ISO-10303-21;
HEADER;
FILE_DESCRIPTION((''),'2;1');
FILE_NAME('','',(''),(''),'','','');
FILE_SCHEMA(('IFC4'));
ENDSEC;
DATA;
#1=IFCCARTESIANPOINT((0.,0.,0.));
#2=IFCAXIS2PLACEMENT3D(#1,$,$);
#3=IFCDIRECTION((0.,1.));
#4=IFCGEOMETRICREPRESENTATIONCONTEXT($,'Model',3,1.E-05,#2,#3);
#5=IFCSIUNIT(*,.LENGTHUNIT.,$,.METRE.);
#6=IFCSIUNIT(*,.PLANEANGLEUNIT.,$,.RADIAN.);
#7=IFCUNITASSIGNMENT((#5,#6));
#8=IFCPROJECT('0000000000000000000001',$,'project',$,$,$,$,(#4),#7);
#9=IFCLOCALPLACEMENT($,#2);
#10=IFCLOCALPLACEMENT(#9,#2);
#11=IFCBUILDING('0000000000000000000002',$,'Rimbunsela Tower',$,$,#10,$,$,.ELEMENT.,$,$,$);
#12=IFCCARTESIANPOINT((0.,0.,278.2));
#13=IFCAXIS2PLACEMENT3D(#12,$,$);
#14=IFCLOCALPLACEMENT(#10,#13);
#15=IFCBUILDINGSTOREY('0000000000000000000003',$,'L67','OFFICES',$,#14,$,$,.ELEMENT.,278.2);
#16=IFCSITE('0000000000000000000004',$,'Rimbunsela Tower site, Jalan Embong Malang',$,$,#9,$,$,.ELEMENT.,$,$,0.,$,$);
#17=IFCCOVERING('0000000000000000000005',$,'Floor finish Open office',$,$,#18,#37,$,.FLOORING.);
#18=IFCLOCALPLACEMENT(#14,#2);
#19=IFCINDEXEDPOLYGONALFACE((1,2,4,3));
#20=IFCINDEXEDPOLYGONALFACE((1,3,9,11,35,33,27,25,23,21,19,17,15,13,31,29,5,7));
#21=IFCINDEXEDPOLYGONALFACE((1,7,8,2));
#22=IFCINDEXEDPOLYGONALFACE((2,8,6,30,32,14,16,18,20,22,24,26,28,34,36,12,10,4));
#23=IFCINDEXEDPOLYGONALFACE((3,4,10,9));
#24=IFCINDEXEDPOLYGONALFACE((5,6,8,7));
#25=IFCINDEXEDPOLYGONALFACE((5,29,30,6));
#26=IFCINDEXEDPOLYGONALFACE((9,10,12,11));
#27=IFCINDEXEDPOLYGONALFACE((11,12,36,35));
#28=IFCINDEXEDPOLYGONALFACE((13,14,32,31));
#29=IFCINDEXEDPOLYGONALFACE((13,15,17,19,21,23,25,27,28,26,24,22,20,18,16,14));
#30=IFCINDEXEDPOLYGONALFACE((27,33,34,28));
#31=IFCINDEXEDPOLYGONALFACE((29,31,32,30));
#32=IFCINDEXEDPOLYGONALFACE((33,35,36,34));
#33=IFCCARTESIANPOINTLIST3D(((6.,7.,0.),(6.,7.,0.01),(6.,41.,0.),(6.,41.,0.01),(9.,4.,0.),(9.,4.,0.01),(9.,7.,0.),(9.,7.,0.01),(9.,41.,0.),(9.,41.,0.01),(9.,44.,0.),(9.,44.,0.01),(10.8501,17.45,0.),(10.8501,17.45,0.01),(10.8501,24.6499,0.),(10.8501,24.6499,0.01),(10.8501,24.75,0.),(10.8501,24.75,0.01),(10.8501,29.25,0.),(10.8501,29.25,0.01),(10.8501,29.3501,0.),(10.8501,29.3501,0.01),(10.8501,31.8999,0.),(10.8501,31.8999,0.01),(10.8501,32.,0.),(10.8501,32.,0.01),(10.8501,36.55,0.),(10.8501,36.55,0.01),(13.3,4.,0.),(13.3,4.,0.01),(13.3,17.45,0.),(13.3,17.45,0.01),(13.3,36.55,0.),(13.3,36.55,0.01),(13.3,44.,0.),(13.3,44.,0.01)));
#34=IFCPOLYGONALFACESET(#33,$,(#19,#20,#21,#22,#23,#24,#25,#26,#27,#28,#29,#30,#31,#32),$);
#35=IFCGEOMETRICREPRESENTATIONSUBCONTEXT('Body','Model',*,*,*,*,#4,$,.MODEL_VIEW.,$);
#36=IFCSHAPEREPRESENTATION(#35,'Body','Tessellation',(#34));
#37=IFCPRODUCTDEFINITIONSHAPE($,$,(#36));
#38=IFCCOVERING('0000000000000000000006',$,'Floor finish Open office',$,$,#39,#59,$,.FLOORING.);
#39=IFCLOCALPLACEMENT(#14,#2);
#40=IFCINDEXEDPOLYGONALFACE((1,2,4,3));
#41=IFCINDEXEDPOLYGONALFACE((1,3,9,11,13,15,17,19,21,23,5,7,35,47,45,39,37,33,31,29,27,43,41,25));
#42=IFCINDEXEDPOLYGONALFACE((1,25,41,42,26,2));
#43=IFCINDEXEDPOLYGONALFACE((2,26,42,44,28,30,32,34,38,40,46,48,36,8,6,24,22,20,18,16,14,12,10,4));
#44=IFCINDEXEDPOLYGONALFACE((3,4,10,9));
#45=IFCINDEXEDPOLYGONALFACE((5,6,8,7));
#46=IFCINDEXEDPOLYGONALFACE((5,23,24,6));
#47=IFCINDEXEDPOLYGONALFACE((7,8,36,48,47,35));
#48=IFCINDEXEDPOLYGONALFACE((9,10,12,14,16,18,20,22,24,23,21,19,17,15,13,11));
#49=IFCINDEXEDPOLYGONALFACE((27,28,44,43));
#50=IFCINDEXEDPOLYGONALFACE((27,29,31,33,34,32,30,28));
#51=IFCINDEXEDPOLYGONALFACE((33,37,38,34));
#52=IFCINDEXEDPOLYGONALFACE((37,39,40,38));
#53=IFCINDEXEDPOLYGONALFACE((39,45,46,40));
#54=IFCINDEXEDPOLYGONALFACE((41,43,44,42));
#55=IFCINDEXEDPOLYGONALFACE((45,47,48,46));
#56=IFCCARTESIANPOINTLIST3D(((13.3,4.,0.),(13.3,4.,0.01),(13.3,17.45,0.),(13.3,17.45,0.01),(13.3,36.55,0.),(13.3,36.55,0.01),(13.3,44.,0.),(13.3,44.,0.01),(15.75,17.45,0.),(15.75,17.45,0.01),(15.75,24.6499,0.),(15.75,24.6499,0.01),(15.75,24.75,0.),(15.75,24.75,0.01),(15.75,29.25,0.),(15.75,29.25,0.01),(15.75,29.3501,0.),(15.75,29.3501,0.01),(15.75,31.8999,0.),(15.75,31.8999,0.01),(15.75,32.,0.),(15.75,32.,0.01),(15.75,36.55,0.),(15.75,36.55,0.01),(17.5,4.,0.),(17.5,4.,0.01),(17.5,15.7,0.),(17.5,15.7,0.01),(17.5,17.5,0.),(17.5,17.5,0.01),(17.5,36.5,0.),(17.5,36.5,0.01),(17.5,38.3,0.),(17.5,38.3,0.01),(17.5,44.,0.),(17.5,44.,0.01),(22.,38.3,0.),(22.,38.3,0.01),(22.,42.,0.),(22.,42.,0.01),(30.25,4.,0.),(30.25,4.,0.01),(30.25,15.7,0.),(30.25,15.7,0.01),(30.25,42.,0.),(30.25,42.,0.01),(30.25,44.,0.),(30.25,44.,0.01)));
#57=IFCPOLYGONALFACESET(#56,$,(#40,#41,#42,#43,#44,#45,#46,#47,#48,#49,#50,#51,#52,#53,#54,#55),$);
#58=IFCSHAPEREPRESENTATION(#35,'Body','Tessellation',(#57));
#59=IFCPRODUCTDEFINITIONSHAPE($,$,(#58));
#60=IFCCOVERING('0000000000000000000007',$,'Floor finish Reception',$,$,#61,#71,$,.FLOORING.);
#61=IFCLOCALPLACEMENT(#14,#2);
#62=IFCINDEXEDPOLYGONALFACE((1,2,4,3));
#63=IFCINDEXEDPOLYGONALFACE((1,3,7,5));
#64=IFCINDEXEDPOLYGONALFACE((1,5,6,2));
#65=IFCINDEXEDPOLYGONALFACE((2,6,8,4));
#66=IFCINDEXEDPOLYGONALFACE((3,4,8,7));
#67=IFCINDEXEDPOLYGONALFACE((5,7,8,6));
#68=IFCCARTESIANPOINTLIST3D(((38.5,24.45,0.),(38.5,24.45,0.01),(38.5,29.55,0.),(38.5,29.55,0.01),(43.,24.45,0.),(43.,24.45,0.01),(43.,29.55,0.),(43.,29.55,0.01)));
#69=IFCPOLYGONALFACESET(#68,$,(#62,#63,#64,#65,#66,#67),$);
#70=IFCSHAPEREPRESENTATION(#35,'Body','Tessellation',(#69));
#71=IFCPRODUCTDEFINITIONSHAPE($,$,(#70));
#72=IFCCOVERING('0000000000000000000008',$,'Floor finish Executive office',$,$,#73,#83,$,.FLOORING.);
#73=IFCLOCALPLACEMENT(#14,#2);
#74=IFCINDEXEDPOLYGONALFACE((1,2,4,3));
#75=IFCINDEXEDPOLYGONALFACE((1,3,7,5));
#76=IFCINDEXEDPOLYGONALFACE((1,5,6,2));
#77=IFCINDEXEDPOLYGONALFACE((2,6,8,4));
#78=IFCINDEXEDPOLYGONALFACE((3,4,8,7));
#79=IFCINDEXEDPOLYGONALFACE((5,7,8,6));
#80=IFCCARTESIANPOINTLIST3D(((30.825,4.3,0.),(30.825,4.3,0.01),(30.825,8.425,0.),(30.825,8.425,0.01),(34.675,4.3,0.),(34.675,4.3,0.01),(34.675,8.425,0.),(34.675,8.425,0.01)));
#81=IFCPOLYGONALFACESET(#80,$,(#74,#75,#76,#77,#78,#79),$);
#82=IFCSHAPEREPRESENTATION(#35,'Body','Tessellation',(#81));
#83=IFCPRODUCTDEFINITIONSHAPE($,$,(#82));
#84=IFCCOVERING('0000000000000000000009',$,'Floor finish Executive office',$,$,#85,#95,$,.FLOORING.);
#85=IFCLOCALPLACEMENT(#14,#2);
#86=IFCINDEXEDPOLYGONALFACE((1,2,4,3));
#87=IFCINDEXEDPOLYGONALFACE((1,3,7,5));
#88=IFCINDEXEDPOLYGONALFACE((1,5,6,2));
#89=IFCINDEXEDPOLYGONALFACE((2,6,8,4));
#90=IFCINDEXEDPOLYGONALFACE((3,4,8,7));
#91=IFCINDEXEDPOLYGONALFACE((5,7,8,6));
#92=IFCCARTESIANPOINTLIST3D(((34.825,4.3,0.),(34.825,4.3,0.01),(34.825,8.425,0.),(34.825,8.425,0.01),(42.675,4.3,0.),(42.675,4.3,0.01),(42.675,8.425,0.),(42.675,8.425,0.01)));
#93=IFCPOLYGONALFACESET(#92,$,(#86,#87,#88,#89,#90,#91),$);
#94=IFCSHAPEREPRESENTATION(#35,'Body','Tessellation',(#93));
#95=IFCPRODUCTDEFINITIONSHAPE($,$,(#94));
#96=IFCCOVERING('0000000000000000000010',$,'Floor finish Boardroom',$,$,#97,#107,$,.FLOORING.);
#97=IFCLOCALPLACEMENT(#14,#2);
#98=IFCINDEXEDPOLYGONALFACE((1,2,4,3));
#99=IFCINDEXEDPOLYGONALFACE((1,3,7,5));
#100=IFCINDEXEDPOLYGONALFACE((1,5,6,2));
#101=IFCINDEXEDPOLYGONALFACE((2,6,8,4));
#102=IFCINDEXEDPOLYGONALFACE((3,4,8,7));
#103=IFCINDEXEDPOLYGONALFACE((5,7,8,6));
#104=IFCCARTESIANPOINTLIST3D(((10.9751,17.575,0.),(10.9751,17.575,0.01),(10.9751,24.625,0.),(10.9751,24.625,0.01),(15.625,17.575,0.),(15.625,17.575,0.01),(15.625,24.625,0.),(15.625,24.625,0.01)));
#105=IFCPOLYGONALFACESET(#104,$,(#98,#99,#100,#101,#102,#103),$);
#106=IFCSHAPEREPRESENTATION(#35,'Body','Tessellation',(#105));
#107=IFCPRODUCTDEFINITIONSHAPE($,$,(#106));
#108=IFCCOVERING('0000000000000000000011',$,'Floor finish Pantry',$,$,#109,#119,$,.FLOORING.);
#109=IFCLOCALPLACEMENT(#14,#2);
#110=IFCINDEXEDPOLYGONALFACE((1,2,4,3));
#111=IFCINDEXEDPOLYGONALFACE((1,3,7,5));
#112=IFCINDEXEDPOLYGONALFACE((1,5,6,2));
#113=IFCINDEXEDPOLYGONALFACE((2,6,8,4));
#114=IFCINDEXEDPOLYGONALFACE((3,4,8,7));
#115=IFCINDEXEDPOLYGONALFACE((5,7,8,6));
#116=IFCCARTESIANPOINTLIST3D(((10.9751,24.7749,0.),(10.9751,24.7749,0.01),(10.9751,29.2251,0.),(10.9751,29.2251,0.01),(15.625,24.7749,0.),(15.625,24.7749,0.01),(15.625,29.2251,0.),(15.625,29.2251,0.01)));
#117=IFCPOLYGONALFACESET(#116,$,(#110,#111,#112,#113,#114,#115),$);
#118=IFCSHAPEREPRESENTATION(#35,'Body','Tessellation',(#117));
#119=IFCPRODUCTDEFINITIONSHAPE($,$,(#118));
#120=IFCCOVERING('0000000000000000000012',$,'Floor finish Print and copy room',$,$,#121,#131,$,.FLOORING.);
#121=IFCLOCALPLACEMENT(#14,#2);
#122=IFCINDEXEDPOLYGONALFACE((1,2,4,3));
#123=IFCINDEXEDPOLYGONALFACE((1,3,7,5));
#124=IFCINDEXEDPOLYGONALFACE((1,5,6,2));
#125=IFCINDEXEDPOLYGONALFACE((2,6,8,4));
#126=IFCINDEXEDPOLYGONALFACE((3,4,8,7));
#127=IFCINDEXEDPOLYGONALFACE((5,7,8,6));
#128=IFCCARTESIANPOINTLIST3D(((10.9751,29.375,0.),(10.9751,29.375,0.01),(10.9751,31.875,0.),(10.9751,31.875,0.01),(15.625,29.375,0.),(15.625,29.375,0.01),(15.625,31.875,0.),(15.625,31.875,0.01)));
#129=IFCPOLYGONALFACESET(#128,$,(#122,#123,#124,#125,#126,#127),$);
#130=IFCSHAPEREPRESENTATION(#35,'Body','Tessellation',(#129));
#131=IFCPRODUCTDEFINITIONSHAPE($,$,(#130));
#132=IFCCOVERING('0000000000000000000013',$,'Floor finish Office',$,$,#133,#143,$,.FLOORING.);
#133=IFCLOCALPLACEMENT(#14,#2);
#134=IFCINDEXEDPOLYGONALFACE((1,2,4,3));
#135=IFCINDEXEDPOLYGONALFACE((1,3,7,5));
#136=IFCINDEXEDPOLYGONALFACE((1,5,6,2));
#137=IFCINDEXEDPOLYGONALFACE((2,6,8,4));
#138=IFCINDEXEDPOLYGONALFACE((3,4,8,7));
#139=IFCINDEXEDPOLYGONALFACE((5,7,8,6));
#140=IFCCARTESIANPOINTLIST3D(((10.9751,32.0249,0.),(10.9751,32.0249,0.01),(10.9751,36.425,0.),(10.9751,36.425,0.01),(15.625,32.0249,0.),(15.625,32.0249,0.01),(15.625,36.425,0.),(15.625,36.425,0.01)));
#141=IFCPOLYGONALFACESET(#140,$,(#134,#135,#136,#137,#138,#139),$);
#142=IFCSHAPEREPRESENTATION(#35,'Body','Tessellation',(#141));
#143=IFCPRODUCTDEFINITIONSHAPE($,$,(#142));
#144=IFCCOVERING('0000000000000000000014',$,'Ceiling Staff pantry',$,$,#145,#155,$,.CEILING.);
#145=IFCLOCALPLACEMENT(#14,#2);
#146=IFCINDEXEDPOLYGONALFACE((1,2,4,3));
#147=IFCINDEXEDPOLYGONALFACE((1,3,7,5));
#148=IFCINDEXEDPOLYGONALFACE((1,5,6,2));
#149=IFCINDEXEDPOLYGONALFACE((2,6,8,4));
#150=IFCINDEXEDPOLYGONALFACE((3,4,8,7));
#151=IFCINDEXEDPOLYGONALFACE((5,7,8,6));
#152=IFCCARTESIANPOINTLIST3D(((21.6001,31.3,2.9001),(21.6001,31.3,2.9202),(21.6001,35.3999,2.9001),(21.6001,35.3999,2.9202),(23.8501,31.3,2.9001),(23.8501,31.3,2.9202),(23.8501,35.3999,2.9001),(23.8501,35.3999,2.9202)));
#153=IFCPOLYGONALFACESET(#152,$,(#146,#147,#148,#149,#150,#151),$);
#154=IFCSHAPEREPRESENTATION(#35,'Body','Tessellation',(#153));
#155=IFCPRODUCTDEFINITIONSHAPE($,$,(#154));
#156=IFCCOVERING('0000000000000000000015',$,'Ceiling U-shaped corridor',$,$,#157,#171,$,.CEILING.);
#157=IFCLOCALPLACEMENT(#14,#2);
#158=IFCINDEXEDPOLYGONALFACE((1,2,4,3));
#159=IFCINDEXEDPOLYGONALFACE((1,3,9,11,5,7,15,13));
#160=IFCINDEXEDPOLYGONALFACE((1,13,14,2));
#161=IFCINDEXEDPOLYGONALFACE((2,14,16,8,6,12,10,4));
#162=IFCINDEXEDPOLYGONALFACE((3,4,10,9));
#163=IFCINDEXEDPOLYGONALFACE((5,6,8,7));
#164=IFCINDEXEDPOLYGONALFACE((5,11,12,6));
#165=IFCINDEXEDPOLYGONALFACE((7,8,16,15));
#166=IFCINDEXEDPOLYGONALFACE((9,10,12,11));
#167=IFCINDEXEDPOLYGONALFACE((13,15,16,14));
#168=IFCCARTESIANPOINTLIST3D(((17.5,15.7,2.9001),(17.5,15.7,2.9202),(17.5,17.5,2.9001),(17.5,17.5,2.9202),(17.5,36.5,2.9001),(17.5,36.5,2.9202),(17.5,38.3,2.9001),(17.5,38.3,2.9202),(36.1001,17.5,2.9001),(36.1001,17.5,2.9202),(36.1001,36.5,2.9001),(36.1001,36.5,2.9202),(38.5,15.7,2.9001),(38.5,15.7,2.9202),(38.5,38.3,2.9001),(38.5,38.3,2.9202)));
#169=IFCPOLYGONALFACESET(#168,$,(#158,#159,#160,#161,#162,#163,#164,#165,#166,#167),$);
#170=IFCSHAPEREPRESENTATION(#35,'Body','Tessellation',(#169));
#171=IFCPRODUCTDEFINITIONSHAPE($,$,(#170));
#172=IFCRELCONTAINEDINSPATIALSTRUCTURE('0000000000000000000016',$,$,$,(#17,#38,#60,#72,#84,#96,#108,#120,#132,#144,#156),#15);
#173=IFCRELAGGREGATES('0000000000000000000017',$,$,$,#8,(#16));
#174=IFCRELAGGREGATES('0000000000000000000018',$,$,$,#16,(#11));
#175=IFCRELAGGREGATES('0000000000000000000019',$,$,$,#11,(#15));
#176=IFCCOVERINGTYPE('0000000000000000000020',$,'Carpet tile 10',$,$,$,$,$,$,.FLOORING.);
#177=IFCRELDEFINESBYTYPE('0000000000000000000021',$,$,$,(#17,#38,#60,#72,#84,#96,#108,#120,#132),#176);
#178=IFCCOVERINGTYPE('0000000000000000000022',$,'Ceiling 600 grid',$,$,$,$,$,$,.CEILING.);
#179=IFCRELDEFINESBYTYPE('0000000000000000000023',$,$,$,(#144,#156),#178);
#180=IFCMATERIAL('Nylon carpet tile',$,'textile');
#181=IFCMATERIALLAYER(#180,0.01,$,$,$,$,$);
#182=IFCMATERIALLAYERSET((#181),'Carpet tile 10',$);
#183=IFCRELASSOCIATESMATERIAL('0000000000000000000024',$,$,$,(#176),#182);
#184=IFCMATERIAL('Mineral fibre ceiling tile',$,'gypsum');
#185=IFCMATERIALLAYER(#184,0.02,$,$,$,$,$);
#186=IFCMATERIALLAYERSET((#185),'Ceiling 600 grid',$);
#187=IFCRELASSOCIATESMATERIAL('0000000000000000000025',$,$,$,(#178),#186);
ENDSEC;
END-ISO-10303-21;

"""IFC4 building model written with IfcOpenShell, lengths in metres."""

from ifc_helpers import new_model, si_unit, direction, frame, origin, place, context, subcontext, project, spatial, polyline, outline, extrude, material, layer, layer_set, type_object, element, save


model = new_model("IFC4")

# Units and contexts
model_context = context("Model", 3, precision=1e-05, world=origin(), true_north=direction((0.0, 1.0)))
body_context = subcontext(model_context, "Body", "Model", "MODEL_VIEW")
ifc_project = project(units=[si_unit("LENGTHUNIT", "METRE"), si_unit("PLANEANGLEUNIT", "RADIAN")], contexts=[model_context])

# Site, building, storey
site_placement = place(None, origin())
site = spatial("IfcSite", under=ifc_project, at=site_placement, Name="Rimbunsela Tower site, Jalan Embong Malang", CompositionType="ELEMENT", RefElevation=0.0)
building_placement = place(site_placement, origin())
building = spatial("IfcBuilding", under=site, at=building_placement, Name="Rimbunsela Tower", CompositionType="ELEMENT")
storey_placement = place(building_placement, frame((0.0, 0.0, 278.2)))
storey = spatial("IfcBuildingStorey", under=building, at=storey_placement, Name="L67", Description="OFFICES", CompositionType="ELEMENT", Elevation=278.2)

# Coverings
ifc_material_1 = material(Name="Nylon carpet tile", Category="textile")
ifc_layer_1 = layer(ifc_material_1, 0.01)
ifc_layer_set_1 = layer_set([ifc_layer_1], Name="Carpet tile 10")
covering_type_1 = type_object("IfcCoveringType", Name="Carpet tile 10", PredefinedType="FLOORING", material=ifc_layer_set_1)
covering_1_placement = place(storey_placement, origin())
element("IfcCovering", 1, at=covering_1_placement, inside=storey, type_object=covering_type_1, Name="Floor finish Open office", PredefinedType="FLOORING", context=body_context, shape_type="SweptSolid", body=[
    extrude(outline(polyline([(13.3, 4.0), (9.0, 4.0), (9.0, 7.0), (6.0, 7.0), (6.0, 41.0), (9.0, 41.0), (9.0, 44.0), (13.3, 44.0), (13.3, 36.55), (10.8501, 36.55), (10.8501, 32.0), (10.8501, 31.8999), (10.8501, 29.3501), (10.8501, 29.25), (10.8501, 24.75), (10.8501, 24.6499), (10.8501, 17.45), (13.3, 17.45), (13.3, 4.0)])), origin(), (0.0, 0.0, 1.0), 0.01),
])
covering_2_placement = place(storey_placement, origin())
element("IfcCovering", 2, at=covering_2_placement, inside=storey, type_object=covering_type_1, Name="Floor finish Open office", PredefinedType="FLOORING", context=body_context, shape_type="SweptSolid", body=[
    extrude(outline(polyline([(30.25, 4.0), (17.5, 4.0), (13.3, 4.0), (13.3, 17.45), (15.75, 17.45), (15.75, 24.6499), (15.75, 24.75), (15.75, 29.25), (15.75, 29.3501), (15.75, 31.8999), (15.75, 32.0), (15.75, 36.55), (13.3, 36.55), (13.3, 44.0), (17.5, 44.0), (30.25, 44.0), (30.25, 42.0), (22.0, 42.0), (22.0, 38.3), (17.5, 38.3), (17.5, 36.5), (17.5, 17.5), (17.5, 15.7), (30.25, 15.7), (30.25, 4.0)])), origin(), (0.0, 0.0, 1.0), 0.01),
])
covering_3_placement = place(storey_placement, origin())
element("IfcCovering", 3, at=covering_3_placement, inside=storey, type_object=covering_type_1, Name="Floor finish Reception", PredefinedType="FLOORING", context=body_context, shape_type="SweptSolid", body=[
    extrude(outline(polyline([(43.0, 24.45), (43.0, 29.55), (38.5, 29.55), (38.5, 24.45), (43.0, 24.45)])), origin(), (0.0, 0.0, 1.0), 0.01),
])
covering_4_placement = place(storey_placement, origin())
element("IfcCovering", 4, at=covering_4_placement, inside=storey, type_object=covering_type_1, Name="Floor finish Executive office", PredefinedType="FLOORING", context=body_context, shape_type="SweptSolid", body=[
    extrude(outline(polyline([(34.675, 4.3), (34.675, 8.425), (30.825, 8.425), (30.825, 4.3), (34.675, 4.3)])), origin(), (0.0, 0.0, 1.0), 0.01),
])
covering_5_placement = place(storey_placement, origin())
element("IfcCovering", 5, at=covering_5_placement, inside=storey, type_object=covering_type_1, Name="Floor finish Executive office", PredefinedType="FLOORING", context=body_context, shape_type="SweptSolid", body=[
    extrude(outline(polyline([(42.675, 4.3), (42.675, 8.425), (34.825, 8.425), (34.825, 4.3), (42.675, 4.3)])), origin(), (0.0, 0.0, 1.0), 0.01),
])
covering_6_placement = place(storey_placement, origin())
element("IfcCovering", 6, at=covering_6_placement, inside=storey, type_object=covering_type_1, Name="Floor finish Boardroom", PredefinedType="FLOORING", context=body_context, shape_type="SweptSolid", body=[
    extrude(outline(polyline([(15.625, 17.575), (15.625, 24.625), (10.9751, 24.625), (10.9751, 17.575), (15.625, 17.575)])), origin(), (0.0, 0.0, 1.0), 0.01),
])
covering_7_placement = place(storey_placement, origin())
element("IfcCovering", 7, at=covering_7_placement, inside=storey, type_object=covering_type_1, Name="Floor finish Pantry", PredefinedType="FLOORING", context=body_context, shape_type="SweptSolid", body=[
    extrude(outline(polyline([(15.625, 24.7749), (15.625, 29.2251), (10.9751, 29.2251), (10.9751, 24.7749), (15.625, 24.7749)])), origin(), (0.0, 0.0, 1.0), 0.01),
])
covering_8_placement = place(storey_placement, origin())
element("IfcCovering", 8, at=covering_8_placement, inside=storey, type_object=covering_type_1, Name="Floor finish Print and copy room", PredefinedType="FLOORING", context=body_context, shape_type="SweptSolid", body=[
    extrude(outline(polyline([(15.625, 29.375), (15.625, 31.875), (10.9751, 31.875), (10.9751, 29.375), (15.625, 29.375)])), origin(), (0.0, 0.0, 1.0), 0.01),
])
covering_9_placement = place(storey_placement, origin())
element("IfcCovering", 9, at=covering_9_placement, inside=storey, type_object=covering_type_1, Name="Floor finish Office", PredefinedType="FLOORING", context=body_context, shape_type="SweptSolid", body=[
    extrude(outline(polyline([(15.625, 32.0249), (15.625, 36.425), (10.9751, 36.425), (10.9751, 32.0249), (15.625, 32.0249)])), origin(), (0.0, 0.0, 1.0), 0.01),
])
ifc_material_2 = material(Name="Mineral fibre ceiling tile", Category="gypsum")
ifc_layer_2 = layer(ifc_material_2, 0.02)
ifc_layer_set_2 = layer_set([ifc_layer_2], Name="Ceiling 600 grid")
covering_type_2 = type_object("IfcCoveringType", Name="Ceiling 600 grid", PredefinedType="CEILING", material=ifc_layer_set_2)
covering_10_placement = place(storey_placement, frame((0.0, 0.0, 2.9001)))
element("IfcCovering", 10, at=covering_10_placement, inside=storey, type_object=covering_type_2, Name="Ceiling Staff pantry", PredefinedType="CEILING", context=body_context, shape_type="SweptSolid", body=[
    extrude(outline(polyline([(23.8501, 31.3), (23.8501, 35.3999), (21.6001, 35.3999), (21.6001, 31.3), (23.8501, 31.3)])), origin(), (0.0, 0.0, 1.0), 0.02),
])
covering_11_placement = place(storey_placement, frame((0.0, 0.0, 2.9001)))
element("IfcCovering", 11, at=covering_11_placement, inside=storey, type_object=covering_type_2, Name="Ceiling U-shaped corridor", PredefinedType="CEILING", context=body_context, shape_type="SweptSolid", body=[
    extrude(outline(polyline([(38.5, 38.3), (38.5, 15.7), (17.5, 15.7), (17.5, 17.5), (36.1001, 17.5), (36.1001, 36.5), (17.5, 36.5), (17.5, 38.3), (38.5, 38.3)])), origin(), (0.0, 0.0, 1.0), 0.02),
])

save(model, "model.ifc")
